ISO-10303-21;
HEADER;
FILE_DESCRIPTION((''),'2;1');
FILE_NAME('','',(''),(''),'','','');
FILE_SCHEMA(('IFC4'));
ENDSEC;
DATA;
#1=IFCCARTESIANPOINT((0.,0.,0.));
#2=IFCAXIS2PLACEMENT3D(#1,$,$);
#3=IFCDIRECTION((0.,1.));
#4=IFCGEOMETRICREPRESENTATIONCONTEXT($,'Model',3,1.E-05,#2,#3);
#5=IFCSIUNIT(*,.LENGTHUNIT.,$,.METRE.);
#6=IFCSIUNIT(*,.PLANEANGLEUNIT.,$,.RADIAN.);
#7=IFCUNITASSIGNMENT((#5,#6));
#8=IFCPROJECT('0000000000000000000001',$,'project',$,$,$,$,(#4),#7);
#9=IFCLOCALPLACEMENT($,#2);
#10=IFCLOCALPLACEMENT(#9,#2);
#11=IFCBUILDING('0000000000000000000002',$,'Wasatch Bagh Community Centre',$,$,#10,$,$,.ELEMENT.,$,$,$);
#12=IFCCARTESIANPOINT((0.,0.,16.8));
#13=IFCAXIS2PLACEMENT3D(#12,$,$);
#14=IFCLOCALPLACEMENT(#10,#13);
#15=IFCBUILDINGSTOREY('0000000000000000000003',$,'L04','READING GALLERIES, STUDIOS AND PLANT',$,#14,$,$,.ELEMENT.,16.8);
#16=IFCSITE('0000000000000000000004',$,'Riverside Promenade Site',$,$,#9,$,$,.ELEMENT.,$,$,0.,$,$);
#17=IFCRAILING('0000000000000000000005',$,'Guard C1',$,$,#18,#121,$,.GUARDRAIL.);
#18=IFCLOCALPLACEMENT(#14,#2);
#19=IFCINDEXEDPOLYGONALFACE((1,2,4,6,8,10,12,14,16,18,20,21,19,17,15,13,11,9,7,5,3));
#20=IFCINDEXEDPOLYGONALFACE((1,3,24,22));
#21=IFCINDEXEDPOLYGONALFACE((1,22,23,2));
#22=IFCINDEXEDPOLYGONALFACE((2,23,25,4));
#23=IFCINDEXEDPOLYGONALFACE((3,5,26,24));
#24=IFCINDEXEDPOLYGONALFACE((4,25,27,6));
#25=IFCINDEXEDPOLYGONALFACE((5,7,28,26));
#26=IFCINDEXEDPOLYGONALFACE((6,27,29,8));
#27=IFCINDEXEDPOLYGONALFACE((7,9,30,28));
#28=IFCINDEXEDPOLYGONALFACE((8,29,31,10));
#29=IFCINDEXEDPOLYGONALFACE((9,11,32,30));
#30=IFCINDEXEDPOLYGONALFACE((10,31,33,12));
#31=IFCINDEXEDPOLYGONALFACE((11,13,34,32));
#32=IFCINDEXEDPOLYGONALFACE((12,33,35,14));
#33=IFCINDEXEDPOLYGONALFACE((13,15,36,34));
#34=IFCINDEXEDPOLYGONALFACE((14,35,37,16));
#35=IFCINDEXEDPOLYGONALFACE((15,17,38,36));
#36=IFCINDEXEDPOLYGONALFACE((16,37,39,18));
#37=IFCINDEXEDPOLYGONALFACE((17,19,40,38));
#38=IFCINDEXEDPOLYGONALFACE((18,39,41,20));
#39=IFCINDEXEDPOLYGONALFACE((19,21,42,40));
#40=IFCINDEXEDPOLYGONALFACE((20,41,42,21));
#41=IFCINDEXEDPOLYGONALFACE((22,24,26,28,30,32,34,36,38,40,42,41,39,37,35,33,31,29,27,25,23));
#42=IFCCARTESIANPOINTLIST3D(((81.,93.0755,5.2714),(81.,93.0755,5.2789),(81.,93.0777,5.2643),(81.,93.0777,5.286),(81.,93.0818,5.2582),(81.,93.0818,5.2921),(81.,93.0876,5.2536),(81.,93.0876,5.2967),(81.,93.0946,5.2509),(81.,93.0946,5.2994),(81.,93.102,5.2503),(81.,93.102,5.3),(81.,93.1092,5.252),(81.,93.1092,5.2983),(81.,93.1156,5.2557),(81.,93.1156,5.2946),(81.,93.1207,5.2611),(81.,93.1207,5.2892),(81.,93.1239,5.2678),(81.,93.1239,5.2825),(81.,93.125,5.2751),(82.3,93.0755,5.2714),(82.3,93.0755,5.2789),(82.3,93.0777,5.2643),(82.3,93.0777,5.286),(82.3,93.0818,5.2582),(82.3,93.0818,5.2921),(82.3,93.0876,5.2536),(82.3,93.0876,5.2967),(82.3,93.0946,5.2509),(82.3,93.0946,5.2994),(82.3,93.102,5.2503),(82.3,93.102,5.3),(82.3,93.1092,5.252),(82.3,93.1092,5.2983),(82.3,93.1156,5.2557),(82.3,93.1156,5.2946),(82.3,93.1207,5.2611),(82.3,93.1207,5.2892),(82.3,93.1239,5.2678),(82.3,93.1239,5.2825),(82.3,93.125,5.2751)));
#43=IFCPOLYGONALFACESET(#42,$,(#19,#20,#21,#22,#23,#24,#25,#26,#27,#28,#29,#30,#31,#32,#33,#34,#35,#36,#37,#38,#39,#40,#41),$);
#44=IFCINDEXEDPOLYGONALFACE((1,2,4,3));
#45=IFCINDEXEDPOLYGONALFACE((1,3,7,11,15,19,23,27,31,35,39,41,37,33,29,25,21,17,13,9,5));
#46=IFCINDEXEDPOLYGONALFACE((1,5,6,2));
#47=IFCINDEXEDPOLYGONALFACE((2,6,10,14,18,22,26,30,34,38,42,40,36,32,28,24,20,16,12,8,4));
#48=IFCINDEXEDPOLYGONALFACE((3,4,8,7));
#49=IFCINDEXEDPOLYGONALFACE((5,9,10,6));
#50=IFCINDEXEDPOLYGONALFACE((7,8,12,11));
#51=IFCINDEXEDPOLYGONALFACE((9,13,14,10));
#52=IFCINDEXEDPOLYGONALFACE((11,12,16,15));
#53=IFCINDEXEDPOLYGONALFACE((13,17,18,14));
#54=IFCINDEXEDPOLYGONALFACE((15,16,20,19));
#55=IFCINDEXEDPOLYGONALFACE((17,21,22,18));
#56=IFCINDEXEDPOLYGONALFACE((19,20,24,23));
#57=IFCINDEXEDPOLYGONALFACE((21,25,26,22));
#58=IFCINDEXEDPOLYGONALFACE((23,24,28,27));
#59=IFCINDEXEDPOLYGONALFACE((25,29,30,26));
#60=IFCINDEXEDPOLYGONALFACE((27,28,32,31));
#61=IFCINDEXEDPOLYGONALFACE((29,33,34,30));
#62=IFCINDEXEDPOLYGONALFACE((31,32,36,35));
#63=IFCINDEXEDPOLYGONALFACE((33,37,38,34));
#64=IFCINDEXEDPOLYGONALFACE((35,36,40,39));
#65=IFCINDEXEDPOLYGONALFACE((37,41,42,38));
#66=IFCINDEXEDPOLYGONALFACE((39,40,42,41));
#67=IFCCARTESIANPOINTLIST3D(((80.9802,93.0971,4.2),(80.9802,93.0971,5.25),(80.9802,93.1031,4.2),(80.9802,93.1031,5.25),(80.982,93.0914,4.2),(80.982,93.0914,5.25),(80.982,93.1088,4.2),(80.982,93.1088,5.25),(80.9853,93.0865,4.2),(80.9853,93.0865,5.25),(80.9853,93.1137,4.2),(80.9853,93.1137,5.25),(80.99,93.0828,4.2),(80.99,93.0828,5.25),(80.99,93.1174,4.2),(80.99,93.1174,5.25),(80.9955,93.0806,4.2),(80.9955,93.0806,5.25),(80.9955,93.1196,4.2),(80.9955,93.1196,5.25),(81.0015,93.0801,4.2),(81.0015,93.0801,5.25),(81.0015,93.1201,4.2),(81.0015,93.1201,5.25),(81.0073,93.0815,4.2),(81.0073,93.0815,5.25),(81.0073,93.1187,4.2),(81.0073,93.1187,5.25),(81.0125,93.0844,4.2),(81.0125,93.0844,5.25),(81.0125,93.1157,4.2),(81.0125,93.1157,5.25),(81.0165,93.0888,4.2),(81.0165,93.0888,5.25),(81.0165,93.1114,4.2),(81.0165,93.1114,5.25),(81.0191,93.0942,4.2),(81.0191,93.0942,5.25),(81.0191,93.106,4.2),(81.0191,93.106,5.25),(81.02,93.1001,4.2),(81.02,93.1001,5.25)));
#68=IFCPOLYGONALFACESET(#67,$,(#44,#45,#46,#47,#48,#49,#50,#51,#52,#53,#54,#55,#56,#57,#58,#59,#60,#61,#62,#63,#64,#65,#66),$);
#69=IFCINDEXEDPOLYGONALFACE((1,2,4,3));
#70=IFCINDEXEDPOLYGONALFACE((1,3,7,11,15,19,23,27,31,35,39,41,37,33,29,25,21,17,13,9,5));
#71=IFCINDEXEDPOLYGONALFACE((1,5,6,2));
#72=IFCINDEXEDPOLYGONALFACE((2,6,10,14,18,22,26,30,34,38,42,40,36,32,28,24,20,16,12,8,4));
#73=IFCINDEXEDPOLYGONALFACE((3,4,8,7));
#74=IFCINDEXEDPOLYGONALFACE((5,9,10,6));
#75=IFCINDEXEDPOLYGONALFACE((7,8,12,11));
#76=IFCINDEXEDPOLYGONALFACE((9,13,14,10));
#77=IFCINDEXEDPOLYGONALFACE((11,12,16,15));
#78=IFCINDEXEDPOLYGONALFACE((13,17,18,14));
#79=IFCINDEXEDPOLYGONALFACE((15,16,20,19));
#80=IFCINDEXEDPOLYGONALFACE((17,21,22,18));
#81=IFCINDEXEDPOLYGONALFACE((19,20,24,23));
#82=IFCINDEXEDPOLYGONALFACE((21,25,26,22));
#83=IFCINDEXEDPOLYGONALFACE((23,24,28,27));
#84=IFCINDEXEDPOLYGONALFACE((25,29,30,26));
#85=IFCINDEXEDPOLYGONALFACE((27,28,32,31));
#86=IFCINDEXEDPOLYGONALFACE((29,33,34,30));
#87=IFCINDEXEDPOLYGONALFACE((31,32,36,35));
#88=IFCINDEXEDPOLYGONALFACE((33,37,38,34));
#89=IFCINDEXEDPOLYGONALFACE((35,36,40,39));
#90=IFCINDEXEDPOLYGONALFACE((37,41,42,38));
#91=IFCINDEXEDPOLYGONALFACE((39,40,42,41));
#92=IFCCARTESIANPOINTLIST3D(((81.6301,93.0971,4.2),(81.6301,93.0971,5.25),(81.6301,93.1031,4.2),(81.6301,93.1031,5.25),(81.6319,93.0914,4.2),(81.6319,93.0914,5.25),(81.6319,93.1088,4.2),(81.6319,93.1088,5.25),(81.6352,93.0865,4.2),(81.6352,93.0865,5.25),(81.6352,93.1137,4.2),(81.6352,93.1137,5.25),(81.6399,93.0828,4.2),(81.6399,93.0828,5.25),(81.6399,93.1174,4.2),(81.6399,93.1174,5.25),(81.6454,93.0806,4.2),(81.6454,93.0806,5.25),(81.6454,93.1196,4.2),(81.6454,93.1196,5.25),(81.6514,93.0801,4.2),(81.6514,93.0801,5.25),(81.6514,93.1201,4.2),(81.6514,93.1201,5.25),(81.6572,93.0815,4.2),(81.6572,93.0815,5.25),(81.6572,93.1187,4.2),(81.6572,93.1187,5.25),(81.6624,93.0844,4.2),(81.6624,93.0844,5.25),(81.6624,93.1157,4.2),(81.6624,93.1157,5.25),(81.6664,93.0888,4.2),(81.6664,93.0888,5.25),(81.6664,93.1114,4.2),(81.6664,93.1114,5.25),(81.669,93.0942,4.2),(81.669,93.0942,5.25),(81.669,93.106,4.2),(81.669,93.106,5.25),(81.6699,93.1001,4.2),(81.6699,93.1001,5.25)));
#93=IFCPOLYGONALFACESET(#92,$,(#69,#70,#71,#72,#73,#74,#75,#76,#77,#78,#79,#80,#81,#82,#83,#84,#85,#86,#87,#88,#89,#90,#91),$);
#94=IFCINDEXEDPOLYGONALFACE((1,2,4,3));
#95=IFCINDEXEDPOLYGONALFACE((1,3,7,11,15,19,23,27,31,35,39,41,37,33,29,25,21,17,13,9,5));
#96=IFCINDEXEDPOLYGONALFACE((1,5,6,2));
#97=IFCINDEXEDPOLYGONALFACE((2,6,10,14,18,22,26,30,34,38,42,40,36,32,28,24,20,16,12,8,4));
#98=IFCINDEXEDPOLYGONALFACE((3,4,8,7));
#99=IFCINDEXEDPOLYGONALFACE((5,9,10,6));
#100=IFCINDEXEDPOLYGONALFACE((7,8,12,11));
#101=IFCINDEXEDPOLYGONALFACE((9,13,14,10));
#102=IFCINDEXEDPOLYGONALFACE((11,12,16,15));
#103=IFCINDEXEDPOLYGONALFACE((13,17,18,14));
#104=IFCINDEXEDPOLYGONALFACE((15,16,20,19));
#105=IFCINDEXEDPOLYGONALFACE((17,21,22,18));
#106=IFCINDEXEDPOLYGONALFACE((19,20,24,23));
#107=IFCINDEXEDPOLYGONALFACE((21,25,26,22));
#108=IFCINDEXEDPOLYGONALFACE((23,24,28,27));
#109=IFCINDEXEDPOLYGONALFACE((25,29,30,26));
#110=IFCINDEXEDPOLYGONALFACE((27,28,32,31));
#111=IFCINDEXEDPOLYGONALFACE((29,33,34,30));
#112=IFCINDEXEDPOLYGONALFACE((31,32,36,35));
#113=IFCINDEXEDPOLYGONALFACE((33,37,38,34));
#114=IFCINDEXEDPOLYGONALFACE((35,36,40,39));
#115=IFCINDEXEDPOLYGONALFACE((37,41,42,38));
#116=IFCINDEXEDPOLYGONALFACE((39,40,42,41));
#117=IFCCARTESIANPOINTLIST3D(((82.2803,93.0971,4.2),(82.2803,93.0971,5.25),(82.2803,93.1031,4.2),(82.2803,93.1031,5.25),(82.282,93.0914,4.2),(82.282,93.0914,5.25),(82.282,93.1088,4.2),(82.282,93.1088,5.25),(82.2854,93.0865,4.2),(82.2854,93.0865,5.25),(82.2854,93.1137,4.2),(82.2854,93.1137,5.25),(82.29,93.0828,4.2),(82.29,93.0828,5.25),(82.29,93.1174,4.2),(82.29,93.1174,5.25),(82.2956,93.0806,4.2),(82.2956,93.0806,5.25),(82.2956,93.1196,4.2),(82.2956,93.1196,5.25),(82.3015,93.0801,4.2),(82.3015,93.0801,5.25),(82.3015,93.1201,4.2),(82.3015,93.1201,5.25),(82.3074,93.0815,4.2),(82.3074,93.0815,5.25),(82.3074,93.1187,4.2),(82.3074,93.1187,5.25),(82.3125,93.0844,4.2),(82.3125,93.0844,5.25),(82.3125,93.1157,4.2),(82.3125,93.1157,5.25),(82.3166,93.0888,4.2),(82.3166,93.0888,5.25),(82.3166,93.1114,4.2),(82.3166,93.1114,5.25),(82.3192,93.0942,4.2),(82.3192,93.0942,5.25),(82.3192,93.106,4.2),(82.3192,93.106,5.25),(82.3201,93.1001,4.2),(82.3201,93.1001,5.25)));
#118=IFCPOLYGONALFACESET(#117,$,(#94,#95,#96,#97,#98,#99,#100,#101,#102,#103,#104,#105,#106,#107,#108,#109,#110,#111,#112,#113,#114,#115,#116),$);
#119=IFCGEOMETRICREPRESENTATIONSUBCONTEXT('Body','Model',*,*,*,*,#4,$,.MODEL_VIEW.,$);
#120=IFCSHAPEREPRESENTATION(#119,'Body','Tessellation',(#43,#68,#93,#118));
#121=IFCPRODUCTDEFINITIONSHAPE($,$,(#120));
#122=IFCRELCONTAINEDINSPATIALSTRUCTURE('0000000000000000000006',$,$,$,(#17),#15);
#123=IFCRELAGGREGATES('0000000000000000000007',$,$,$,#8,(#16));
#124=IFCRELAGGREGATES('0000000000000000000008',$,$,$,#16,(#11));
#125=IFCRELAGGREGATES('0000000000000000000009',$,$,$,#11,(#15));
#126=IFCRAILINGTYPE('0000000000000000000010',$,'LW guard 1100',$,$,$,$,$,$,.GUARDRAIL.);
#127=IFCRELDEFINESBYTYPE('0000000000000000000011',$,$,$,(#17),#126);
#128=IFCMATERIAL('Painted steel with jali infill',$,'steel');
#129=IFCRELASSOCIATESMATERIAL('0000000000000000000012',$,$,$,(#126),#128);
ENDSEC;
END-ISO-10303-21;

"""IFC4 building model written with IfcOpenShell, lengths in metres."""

from ifc_helpers import new_model, si_unit, direction, frame, origin, origin_2d, place, context, subcontext, project, spatial, circle, extrude, material, type_object, element, save


model = new_model("IFC4")

# Units and contexts
model_context = context("Model", 3, precision=1e-05, world=origin(), true_north=direction((0.0, 1.0)))
body_context = subcontext(model_context, "Body", "Model", "MODEL_VIEW")
ifc_project = project(units=[si_unit("LENGTHUNIT", "METRE"), si_unit("PLANEANGLEUNIT", "RADIAN")], contexts=[model_context])

# Site, building, storey
site_placement = place(None, origin())
site = spatial("IfcSite", under=ifc_project, at=site_placement, Name="Riverside Promenade Site", CompositionType="ELEMENT", RefElevation=0.0)
building_placement = place(site_placement, origin())
building = spatial("IfcBuilding", under=site, at=building_placement, Name="Wasatch Bagh Community Centre", CompositionType="ELEMENT")
storey_placement = place(building_placement, frame((0.0, 0.0, 16.8)))
storey = spatial("IfcBuildingStorey", under=building, at=storey_placement, Name="L04", Description="READING GALLERIES, STUDIOS AND PLANT", CompositionType="ELEMENT", Elevation=16.8)

# Railing
ifc_material_1 = material(Name="Painted steel with jali infill", Category="steel")
railing_type_1 = type_object("IfcRailingType", Name="LW guard 1100", PredefinedType="GUARDRAIL", material=ifc_material_1)
for number, where, name in (
    (1, (81.0, 93.1001, 4.2), "Guard C1"),
):
    element("IfcRailing", number, at=place(storey_placement, frame(where)), inside=storey, type_object=railing_type_1, Name=name, PredefinedType="GUARDRAIL", context=body_context, shape_type="SweptSolid", body=[
        extrude(circle(Radius=0.0249, at=origin_2d()), frame((0.0, 0.0, 1.0752), z_axis=(1.0, 0.0, 0.0), x_axis=(0.0, 1.0, 0.0)), (0.0, 0.0, 1.0), 1.3),
        extrude(circle(Radius=0.02, at=origin_2d()), origin(), (0.0, 0.0, 1.0), 1.05),
        extrude(circle(Radius=0.02, at=origin_2d()), frame((0.6499, 0.0, 0.0)), (0.0, 0.0, 1.0), 1.05),
        extrude(circle(Radius=0.02, at=origin_2d()), frame((1.3, 0.0, 0.0)), (0.0, 0.0, 1.0), 1.05),
    ])

save(model, "model.ifc")
